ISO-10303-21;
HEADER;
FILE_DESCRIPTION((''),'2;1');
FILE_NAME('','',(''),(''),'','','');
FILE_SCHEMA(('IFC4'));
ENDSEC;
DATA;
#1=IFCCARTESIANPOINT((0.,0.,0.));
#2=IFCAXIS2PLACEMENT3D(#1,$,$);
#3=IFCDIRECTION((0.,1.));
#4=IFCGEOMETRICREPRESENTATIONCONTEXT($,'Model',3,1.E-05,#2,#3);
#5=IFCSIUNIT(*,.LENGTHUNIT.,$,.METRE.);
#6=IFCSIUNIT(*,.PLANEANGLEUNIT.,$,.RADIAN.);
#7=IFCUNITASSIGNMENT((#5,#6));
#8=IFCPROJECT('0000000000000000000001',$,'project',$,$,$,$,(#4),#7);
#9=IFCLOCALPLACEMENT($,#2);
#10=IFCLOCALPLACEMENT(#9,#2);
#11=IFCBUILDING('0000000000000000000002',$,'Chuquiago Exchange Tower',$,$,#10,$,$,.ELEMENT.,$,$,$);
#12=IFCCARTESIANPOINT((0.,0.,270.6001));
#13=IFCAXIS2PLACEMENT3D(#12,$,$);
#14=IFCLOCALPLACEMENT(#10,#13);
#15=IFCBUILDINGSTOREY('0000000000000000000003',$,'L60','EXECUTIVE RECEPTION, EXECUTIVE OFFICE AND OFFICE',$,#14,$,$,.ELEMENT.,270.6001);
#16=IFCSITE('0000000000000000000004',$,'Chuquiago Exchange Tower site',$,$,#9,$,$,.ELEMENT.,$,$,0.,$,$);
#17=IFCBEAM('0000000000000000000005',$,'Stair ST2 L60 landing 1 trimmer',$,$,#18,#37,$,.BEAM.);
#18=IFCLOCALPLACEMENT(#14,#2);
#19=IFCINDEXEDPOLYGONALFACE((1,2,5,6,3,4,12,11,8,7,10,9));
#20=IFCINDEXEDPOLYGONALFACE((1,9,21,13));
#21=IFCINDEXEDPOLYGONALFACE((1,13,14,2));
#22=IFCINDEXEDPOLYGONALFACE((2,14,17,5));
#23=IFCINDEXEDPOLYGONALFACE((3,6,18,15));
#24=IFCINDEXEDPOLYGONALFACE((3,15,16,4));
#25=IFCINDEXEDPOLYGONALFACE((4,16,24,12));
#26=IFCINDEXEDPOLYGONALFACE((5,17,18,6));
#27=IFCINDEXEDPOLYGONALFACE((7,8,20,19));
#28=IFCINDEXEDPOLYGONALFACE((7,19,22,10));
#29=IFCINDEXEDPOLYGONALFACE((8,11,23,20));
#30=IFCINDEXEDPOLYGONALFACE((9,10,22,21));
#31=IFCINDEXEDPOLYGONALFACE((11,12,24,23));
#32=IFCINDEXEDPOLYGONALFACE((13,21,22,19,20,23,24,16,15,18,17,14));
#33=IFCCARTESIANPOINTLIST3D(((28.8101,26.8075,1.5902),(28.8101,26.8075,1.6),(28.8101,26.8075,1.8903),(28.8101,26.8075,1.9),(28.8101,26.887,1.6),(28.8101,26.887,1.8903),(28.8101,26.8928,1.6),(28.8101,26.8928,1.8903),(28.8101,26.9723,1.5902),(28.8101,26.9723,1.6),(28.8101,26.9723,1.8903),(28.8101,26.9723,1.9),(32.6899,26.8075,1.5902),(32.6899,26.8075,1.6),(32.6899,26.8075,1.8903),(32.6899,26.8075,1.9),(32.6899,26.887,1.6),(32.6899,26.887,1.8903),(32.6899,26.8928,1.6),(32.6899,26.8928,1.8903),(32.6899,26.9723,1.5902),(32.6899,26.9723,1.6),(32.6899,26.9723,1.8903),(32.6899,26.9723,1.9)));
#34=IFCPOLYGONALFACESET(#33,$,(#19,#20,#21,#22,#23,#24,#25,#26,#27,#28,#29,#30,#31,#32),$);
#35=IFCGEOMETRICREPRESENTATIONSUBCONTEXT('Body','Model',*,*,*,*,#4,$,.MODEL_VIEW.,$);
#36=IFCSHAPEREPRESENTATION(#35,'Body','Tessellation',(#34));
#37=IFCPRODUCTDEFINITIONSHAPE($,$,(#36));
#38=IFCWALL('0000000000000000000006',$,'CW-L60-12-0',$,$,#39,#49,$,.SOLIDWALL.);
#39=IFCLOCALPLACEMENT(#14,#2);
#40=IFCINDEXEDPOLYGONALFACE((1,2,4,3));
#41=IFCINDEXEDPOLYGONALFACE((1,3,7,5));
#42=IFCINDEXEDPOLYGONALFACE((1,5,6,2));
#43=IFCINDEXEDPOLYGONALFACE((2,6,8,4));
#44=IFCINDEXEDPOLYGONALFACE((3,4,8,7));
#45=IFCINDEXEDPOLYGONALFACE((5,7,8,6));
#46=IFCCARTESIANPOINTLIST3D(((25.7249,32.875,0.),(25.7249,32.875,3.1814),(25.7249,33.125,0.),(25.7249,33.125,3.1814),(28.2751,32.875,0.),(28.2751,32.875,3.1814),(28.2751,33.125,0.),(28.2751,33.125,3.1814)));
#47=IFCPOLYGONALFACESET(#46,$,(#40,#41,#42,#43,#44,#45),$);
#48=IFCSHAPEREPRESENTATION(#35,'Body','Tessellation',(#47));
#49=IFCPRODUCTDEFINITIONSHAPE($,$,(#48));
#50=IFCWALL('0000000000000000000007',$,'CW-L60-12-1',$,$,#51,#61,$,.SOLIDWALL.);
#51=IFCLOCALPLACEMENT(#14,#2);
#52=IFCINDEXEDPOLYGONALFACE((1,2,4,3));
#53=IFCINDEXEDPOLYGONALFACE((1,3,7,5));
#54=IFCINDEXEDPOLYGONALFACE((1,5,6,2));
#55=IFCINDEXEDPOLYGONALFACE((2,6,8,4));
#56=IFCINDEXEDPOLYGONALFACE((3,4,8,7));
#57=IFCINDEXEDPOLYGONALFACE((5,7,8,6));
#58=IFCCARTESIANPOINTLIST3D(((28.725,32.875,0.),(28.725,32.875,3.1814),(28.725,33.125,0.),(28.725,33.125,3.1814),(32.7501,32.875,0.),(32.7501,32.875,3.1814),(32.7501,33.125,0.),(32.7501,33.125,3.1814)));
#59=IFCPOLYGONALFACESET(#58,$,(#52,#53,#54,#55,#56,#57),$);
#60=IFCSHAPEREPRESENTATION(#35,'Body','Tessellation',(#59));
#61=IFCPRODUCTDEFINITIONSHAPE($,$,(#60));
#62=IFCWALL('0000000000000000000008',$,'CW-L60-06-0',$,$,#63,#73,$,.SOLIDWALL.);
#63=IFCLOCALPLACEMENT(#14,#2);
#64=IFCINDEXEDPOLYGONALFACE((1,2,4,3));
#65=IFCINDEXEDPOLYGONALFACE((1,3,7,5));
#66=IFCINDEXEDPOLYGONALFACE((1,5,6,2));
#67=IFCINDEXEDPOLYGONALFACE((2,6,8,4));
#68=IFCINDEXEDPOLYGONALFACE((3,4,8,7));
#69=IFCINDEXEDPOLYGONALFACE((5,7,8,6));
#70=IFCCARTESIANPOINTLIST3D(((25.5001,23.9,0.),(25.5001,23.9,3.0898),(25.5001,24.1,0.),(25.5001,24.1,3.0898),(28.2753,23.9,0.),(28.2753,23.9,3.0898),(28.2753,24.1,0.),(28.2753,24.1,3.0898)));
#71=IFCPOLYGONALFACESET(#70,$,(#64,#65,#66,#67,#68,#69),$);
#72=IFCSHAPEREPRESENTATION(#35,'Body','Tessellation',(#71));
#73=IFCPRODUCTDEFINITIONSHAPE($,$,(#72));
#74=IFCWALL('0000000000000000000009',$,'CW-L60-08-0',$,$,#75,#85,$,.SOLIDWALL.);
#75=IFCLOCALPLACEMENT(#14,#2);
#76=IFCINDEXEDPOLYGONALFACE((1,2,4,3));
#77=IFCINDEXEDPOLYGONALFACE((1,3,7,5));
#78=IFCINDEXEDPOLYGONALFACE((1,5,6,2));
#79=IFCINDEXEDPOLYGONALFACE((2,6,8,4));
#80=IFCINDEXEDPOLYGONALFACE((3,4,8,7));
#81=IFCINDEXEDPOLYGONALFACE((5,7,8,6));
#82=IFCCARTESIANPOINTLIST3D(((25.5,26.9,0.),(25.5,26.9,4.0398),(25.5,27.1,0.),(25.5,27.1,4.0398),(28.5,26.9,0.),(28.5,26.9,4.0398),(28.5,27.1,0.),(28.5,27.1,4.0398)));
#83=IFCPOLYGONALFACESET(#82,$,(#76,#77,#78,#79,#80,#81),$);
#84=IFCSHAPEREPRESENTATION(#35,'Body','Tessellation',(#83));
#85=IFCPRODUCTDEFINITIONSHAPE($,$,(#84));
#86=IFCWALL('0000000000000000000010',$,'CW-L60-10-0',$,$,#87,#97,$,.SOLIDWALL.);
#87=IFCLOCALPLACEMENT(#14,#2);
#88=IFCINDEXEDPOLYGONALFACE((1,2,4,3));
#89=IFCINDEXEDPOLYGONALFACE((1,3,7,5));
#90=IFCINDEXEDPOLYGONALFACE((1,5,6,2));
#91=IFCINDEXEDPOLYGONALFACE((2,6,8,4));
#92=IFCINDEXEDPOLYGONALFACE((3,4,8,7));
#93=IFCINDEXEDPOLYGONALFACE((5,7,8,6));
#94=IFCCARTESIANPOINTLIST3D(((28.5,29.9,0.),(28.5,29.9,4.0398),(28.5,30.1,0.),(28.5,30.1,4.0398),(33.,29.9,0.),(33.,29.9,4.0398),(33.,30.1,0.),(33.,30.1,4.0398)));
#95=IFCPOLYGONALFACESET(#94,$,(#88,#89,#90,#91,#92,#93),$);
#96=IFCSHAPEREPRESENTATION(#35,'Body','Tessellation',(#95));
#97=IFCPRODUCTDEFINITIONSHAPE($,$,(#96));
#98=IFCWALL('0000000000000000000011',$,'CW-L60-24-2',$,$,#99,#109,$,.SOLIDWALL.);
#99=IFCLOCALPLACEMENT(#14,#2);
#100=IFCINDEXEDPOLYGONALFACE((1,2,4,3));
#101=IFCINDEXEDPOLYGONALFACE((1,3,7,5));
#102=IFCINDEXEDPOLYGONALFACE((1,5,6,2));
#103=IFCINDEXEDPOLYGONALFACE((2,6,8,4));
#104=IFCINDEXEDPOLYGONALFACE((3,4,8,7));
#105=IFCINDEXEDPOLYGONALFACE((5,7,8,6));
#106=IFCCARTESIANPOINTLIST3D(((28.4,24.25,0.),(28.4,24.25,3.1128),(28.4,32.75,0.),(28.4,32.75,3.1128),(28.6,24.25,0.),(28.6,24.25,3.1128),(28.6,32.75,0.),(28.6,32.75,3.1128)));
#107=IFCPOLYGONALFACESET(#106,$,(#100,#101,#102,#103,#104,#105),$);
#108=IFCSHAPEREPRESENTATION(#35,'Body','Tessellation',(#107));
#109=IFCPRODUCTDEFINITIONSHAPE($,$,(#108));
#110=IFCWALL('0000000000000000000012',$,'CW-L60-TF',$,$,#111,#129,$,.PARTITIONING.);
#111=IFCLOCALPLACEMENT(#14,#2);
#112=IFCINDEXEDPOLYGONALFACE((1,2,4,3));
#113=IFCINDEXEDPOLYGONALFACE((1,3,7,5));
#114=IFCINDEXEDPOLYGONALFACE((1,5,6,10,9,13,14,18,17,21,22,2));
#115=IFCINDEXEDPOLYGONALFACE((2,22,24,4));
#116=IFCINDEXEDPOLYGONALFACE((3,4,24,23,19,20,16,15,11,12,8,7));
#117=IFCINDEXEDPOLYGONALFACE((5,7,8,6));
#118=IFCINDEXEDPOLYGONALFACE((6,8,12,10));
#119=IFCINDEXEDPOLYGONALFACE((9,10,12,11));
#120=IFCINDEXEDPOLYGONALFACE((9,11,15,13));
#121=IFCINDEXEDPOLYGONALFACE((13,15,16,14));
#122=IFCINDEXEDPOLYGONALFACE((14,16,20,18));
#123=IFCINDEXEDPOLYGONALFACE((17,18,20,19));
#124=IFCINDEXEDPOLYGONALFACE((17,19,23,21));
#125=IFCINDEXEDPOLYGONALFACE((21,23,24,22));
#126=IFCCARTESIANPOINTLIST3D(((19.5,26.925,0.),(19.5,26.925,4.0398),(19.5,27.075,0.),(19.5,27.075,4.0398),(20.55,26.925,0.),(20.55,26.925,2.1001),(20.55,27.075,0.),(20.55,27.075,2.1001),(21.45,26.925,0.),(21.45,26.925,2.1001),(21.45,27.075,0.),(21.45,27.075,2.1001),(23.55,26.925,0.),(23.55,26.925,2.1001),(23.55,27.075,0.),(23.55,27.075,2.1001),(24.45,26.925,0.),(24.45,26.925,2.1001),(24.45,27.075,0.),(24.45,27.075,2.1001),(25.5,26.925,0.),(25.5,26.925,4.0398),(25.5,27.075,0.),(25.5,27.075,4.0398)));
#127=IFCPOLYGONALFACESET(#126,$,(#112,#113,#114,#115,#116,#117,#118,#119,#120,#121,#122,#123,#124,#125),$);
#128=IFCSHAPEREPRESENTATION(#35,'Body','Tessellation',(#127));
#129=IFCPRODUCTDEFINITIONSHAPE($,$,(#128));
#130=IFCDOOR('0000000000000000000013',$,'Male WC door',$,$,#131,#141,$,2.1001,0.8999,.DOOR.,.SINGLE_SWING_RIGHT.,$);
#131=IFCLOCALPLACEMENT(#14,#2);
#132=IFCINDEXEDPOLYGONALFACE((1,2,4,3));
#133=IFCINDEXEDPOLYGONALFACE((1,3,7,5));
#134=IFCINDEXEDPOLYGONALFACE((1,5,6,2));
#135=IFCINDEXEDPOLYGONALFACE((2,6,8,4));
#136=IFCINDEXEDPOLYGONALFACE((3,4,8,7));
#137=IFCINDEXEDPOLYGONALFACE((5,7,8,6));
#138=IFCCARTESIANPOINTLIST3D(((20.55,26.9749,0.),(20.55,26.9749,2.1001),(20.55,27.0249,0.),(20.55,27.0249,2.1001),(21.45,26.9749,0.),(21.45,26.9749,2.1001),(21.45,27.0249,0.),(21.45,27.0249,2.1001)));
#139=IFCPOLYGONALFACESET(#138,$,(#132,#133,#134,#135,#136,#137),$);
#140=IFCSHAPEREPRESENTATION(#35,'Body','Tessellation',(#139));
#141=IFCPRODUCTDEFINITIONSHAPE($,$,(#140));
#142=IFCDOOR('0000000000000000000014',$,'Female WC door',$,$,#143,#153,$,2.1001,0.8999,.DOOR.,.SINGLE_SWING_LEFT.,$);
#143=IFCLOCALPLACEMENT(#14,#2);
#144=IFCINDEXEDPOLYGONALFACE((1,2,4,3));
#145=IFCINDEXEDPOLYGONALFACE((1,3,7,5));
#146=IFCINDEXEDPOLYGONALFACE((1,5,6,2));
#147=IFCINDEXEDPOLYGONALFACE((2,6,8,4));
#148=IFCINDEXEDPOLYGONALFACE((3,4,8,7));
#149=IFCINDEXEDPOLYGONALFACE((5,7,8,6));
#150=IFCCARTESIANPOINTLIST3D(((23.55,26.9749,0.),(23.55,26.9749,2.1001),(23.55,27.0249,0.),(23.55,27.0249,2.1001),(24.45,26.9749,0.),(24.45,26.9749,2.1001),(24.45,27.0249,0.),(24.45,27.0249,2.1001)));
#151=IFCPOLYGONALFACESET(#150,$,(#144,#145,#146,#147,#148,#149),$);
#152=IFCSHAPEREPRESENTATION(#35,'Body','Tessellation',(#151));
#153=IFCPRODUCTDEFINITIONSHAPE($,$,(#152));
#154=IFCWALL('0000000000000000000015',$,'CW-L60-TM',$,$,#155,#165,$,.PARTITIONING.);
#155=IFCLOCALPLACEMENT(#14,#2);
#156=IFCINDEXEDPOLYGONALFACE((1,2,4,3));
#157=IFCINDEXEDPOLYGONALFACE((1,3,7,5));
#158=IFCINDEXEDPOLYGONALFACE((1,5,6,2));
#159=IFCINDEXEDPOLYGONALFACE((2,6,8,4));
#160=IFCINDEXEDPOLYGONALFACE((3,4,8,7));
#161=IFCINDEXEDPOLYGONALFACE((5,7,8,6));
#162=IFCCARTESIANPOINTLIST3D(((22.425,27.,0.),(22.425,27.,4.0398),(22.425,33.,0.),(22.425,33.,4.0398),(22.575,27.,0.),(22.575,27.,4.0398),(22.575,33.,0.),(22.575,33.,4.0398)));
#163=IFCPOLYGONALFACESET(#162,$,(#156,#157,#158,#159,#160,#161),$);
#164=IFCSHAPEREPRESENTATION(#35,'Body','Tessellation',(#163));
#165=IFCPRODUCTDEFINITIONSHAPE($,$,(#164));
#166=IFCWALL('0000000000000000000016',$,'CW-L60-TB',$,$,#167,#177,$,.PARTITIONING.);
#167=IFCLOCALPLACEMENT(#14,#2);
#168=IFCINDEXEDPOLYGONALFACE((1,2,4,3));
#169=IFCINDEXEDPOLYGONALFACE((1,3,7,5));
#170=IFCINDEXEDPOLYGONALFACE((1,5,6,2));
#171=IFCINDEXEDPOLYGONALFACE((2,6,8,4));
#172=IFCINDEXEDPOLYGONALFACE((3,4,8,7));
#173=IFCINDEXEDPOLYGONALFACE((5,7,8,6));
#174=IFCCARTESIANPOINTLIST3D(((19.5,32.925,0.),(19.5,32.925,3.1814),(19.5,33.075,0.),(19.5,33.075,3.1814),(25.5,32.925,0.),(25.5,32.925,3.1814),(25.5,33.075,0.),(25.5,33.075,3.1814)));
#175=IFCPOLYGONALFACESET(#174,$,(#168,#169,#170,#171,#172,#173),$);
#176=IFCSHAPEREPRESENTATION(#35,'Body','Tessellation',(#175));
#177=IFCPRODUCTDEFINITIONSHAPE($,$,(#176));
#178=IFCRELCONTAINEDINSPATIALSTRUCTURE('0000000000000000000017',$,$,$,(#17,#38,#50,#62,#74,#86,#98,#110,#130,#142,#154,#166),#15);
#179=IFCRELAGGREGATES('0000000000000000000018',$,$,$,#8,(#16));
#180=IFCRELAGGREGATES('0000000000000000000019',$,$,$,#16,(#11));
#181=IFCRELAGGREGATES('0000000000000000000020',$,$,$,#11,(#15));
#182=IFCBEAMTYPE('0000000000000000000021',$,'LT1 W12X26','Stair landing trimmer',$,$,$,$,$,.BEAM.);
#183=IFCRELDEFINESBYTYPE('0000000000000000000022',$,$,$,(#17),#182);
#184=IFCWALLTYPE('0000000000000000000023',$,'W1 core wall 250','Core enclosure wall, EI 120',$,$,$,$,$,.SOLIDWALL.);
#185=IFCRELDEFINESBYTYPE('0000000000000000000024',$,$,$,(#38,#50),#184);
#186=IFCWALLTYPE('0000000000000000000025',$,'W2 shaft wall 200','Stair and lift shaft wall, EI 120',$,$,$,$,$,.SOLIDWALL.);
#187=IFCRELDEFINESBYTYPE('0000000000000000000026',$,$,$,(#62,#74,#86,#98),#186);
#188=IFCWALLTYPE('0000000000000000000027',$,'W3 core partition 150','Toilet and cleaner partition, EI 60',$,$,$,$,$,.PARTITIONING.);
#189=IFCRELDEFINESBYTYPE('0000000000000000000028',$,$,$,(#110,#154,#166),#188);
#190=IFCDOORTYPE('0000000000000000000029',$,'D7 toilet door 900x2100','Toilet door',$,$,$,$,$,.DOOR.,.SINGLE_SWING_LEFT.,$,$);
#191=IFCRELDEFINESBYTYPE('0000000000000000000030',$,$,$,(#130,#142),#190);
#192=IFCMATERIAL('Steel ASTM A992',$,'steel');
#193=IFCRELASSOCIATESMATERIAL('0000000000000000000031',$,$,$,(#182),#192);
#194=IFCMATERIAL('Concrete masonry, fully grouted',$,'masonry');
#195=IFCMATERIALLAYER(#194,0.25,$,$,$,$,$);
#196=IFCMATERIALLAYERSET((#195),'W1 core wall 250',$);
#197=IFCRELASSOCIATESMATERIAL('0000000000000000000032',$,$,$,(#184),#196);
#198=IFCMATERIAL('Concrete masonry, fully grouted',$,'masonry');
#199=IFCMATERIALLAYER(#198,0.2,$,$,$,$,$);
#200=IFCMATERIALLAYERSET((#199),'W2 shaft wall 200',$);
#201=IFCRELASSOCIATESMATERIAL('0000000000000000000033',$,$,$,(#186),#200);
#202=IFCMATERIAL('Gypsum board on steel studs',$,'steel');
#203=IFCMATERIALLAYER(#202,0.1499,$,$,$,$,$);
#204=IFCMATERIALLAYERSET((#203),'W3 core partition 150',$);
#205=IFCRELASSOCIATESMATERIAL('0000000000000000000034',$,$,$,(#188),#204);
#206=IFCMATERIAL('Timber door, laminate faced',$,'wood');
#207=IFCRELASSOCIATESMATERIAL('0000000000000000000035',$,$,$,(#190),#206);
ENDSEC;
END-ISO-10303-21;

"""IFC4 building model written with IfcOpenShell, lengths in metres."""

from ifc_helpers import new_model, si_unit, direction, frame, frame_2d, origin, origin_2d, place, context, subcontext, project, spatial, rectangle, i_section, extrude, material, layer, layer_set, material_profile, profile_set, type_object, element, fill, save


model = new_model("IFC4")

# Units and contexts
model_context = context("Model", 3, precision=1e-05, world=origin(), true_north=direction((0.0, 1.0)))
body_context = subcontext(model_context, "Body", "Model", "MODEL_VIEW")
ifc_project = project(units=[si_unit("LENGTHUNIT", "METRE"), si_unit("PLANEANGLEUNIT", "RADIAN")], contexts=[model_context])

# Site, building, storey
site_placement = place(None, origin())
site = spatial("IfcSite", under=ifc_project, at=site_placement, Name="Chuquiago Exchange Tower site", CompositionType="ELEMENT", RefElevation=0.0)
building_placement = place(site_placement, origin())
building = spatial("IfcBuilding", under=site, at=building_placement, Name="Chuquiago Exchange Tower", CompositionType="ELEMENT")
storey_placement = place(building_placement, frame((0.0, 0.0, 270.6001)))
storey = spatial("IfcBuildingStorey", under=building, at=storey_placement, Name="L60", Description="EXECUTIVE RECEPTION, EXECUTIVE OFFICE AND OFFICE", CompositionType="ELEMENT", Elevation=270.6001)

# Beam
ifc_material_1 = material(Name="Steel ASTM A992", Category="steel")
ifc_material_profile_1 = material_profile(ifc_material_1, i_section(OverallWidth=0.1648, OverallDepth=0.3098, WebThickness=0.0059, FlangeThickness=0.0098, at=origin_2d()), Name="W12X26")
ifc_profile_set_1 = profile_set([ifc_material_profile_1], Name="Steel ASTM A992")
beam_type_1 = type_object("IfcBeamType", Name="LT1 W12X26", Description="Stair landing trimmer", PredefinedType="BEAM", material=ifc_profile_set_1)
for number, where, z_axis, x_axis, name in (
    (1, (28.8101, 26.8899, 1.7451), (1.0, 0.0, 0.0), (0.0, 1.0, 0.0), "Stair ST2 L60 landing 1 trimmer"),
):
    element("IfcBeam", number, at=place(storey_placement, frame(where, z_axis=z_axis, x_axis=x_axis)), inside=storey, type_object=beam_type_1, Name=name, PredefinedType="BEAM", context=body_context, shape_type="SweptSolid", body=[
        extrude(i_section(OverallWidth=0.1648, OverallDepth=0.3098, WebThickness=0.0059, FlangeThickness=0.0098, at=origin_2d()), origin(), (0.0, 0.0, 1.0), 3.8799),
    ])

# Walls
ifc_material_2 = material(Name="Concrete masonry, fully grouted", Category="masonry")
ifc_layer_1 = layer(ifc_material_2, 0.25)
ifc_layer_set_1 = layer_set([ifc_layer_1], Name="W1 core wall 250")
wall_type_1 = type_object("IfcWallType", Name="W1 core wall 250", Description="Core enclosure wall, EI 120", PredefinedType="SOLIDWALL", material=ifc_layer_set_1)
wall_1_placement = place(storey_placement, frame((25.7249, 33.0, 0.0), z_axis=(0.0, 0.0, 1.0), x_axis=(1.0, 0.0, 0.0)))
element("IfcWall", 2, at=wall_1_placement, inside=storey, type_object=wall_type_1, Name="CW-L60-12-0", PredefinedType="SOLIDWALL", context=body_context, shape_type="SweptSolid", body=[
    extrude(rectangle(XDim=2.5503, YDim=0.25, at=frame_2d((1.2751, 0.0))), origin(), (0.0, 0.0, 1.0), 3.1814),
])
wall_2_placement = place(storey_placement, frame((28.7249, 33.0, 0.0), z_axis=(0.0, 0.0, 1.0), x_axis=(1.0, 0.0, 0.0)))
element("IfcWall", 3, at=wall_2_placement, inside=storey, type_object=wall_type_1, Name="CW-L60-12-1", PredefinedType="SOLIDWALL", context=body_context, shape_type="SweptSolid", body=[
    extrude(rectangle(XDim=4.0251, YDim=0.25, at=frame_2d((2.0127, 0.0))), origin(), (0.0, 0.0, 1.0), 3.1814),
])
ifc_material_3 = material(Name="Concrete masonry, fully grouted", Category="masonry")
ifc_layer_2 = layer(ifc_material_3, 0.2)
ifc_layer_set_2 = layer_set([ifc_layer_2], Name="W2 shaft wall 200")
wall_type_2 = type_object("IfcWallType", Name="W2 shaft wall 200", Description="Stair and lift shaft wall, EI 120", PredefinedType="SOLIDWALL", material=ifc_layer_set_2)
wall_3_placement = place(storey_placement, frame((25.5, 24.0, 0.0), z_axis=(0.0, 0.0, 1.0), x_axis=(1.0, 0.0, 0.0)))
element("IfcWall", 4, at=wall_3_placement, inside=storey, type_object=wall_type_2, Name="CW-L60-06-0", PredefinedType="SOLIDWALL", context=body_context, shape_type="SweptSolid", body=[
    extrude(rectangle(XDim=2.7751, YDim=0.2, at=frame_2d((1.3877, 0.0))), origin(), (0.0, 0.0, 1.0), 3.0898),
])
wall_4_placement = place(storey_placement, frame((25.5, 27.0, 0.0), z_axis=(0.0, 0.0, 1.0), x_axis=(1.0, 0.0, 0.0)))
element("IfcWall", 5, at=wall_4_placement, inside=storey, type_object=wall_type_2, Name="CW-L60-08-0", PredefinedType="SOLIDWALL", context=body_context, shape_type="SweptSolid", body=[
    extrude(rectangle(XDim=3.0, YDim=0.2, at=frame_2d((1.5, 0.0))), origin(), (0.0, 0.0, 1.0), 4.0398),
])
wall_5_placement = place(storey_placement, frame((28.5, 30.0, 0.0), z_axis=(0.0, 0.0, 1.0), x_axis=(1.0, 0.0, 0.0)))
element("IfcWall", 6, at=wall_5_placement, inside=storey, type_object=wall_type_2, Name="CW-L60-10-0", PredefinedType="SOLIDWALL", context=body_context, shape_type="SweptSolid", body=[
    extrude(rectangle(XDim=4.5, YDim=0.2, at=frame_2d((2.25, 0.0))), origin(), (0.0, 0.0, 1.0), 4.0398),
])
wall_6_placement = place(storey_placement, frame((28.5, 24.25, 0.0), z_axis=(0.0, 0.0, 1.0), x_axis=(0.0, 1.0, 0.0)))
element("IfcWall", 7, at=wall_6_placement, inside=storey, type_object=wall_type_2, Name="CW-L60-24-2", PredefinedType="SOLIDWALL", context=body_context, shape_type="SweptSolid", body=[
    extrude(rectangle(XDim=8.5, YDim=0.2, at=frame_2d((4.25, 0.0))), origin(), (0.0, 0.0, 1.0), 3.1128),
])

# Wall, openings, doors
ifc_material_4 = material(Name="Gypsum board on steel studs", Category="steel")
ifc_layer_3 = layer(ifc_material_4, 0.1499)
ifc_layer_set_3 = layer_set([ifc_layer_3], Name="W3 core partition 150")
wall_type_3 = type_object("IfcWallType", Name="W3 core partition 150", Description="Toilet and cleaner partition, EI 60", PredefinedType="PARTITIONING", material=ifc_layer_set_3)
wall_7_placement = place(storey_placement, frame((19.5, 27.0, 0.0), z_axis=(0.0, 0.0, 1.0), x_axis=(1.0, 0.0, 0.0)))
wall_7 = element("IfcWall", 8, at=wall_7_placement, inside=storey, type_object=wall_type_3, Name="CW-L60-TF", PredefinedType="PARTITIONING", context=body_context, shape_type="SweptSolid", body=[
    extrude(rectangle(XDim=6.0, YDim=0.1499, at=frame_2d((3.0, 0.0))), origin(), (0.0, 0.0, 1.0), 4.0398),
])
opening_1_placement = place(wall_7_placement, frame((1.05, 0.0, 0.0)))
opening_1 = element("IfcOpeningElement", 9, at=opening_1_placement, cuts=wall_7, PredefinedType="OPENING", context=body_context, shape_type="SweptSolid", body=[
    extrude(rectangle(XDim=0.8999, YDim=2.1001, at=frame_2d((0.45, 1.05))), frame((0.0, 0.085, 0.0), z_axis=(0.0, -1.0, 0.0), x_axis=(1.0, 0.0, 0.0)), (0.0, 0.0, 1.0), 0.1699),
])
opening_2_placement = place(wall_7_placement, frame((4.05, 0.0, 0.0)))
opening_2 = element("IfcOpeningElement", 10, at=opening_2_placement, cuts=wall_7, PredefinedType="OPENING", context=body_context, shape_type="SweptSolid", body=[
    extrude(rectangle(XDim=0.8999, YDim=2.1001, at=frame_2d((0.45, 1.05))), frame((0.0, 0.085, 0.0), z_axis=(0.0, -1.0, 0.0), x_axis=(1.0, 0.0, 0.0)), (0.0, 0.0, 1.0), 0.1699),
])
ifc_material_5 = material(Name="Timber door, laminate faced", Category="wood")
door_type_1 = type_object("IfcDoorType", Name="D7 toilet door 900x2100", Description="Toilet door", OperationType="SINGLE_SWING_LEFT", PredefinedType="DOOR", material=ifc_material_5)
door_1_placement = place(opening_1_placement, origin())
door_1 = element("IfcDoor", 11, at=door_1_placement, inside=storey, type_object=door_type_1, Name="Male WC door", OperationType="SINGLE_SWING_RIGHT", OverallHeight=2.1001, OverallWidth=0.8999, PredefinedType="DOOR", context=body_context, shape_type="SweptSolid", body=[
    extrude(rectangle(XDim=0.8999, YDim=2.1001, at=frame_2d((0.45, 1.05))), frame((0.0, 0.0249, 0.0), z_axis=(0.0, -1.0, 0.0), x_axis=(1.0, 0.0, 0.0)), (0.0, 0.0, 1.0), 0.05),
])
fill(opening_1, door_1)
door_2_placement = place(opening_2_placement, origin())
door_2 = element("IfcDoor", 12, at=door_2_placement, inside=storey, type_object=door_type_1, Name="Female WC door", OperationType="SINGLE_SWING_LEFT", OverallHeight=2.1001, OverallWidth=0.8999, PredefinedType="DOOR", context=body_context, shape_type="SweptSolid", body=[
    extrude(rectangle(XDim=0.8999, YDim=2.1001, at=frame_2d((0.45, 1.05))), frame((0.0, 0.0249, 0.0), z_axis=(0.0, -1.0, 0.0), x_axis=(1.0, 0.0, 0.0)), (0.0, 0.0, 1.0), 0.05),
])
fill(opening_2, door_2)

# Walls
wall_8_placement = place(storey_placement, frame((22.5, 27.0, 0.0), z_axis=(0.0, 0.0, 1.0), x_axis=(0.0, 1.0, 0.0)))
element("IfcWall", 13, at=wall_8_placement, inside=storey, type_object=wall_type_3, Name="CW-L60-TM", PredefinedType="PARTITIONING", context=body_context, shape_type="SweptSolid", body=[
    extrude(rectangle(XDim=6.0, YDim=0.1499, at=frame_2d((3.0, 0.0))), origin(), (0.0, 0.0, 1.0), 4.0398),
])
wall_9_placement = place(storey_placement, frame((19.5, 33.0, 0.0), z_axis=(0.0, 0.0, 1.0), x_axis=(1.0, 0.0, 0.0)))
element("IfcWall", 14, at=wall_9_placement, inside=storey, type_object=wall_type_3, Name="CW-L60-TB", PredefinedType="PARTITIONING", context=body_context, shape_type="SweptSolid", body=[
    extrude(rectangle(XDim=6.0, YDim=0.1499, at=frame_2d((3.0, 0.0))), origin(), (0.0, 0.0, 1.0), 3.1814),
])

save(model, "model.ifc")
